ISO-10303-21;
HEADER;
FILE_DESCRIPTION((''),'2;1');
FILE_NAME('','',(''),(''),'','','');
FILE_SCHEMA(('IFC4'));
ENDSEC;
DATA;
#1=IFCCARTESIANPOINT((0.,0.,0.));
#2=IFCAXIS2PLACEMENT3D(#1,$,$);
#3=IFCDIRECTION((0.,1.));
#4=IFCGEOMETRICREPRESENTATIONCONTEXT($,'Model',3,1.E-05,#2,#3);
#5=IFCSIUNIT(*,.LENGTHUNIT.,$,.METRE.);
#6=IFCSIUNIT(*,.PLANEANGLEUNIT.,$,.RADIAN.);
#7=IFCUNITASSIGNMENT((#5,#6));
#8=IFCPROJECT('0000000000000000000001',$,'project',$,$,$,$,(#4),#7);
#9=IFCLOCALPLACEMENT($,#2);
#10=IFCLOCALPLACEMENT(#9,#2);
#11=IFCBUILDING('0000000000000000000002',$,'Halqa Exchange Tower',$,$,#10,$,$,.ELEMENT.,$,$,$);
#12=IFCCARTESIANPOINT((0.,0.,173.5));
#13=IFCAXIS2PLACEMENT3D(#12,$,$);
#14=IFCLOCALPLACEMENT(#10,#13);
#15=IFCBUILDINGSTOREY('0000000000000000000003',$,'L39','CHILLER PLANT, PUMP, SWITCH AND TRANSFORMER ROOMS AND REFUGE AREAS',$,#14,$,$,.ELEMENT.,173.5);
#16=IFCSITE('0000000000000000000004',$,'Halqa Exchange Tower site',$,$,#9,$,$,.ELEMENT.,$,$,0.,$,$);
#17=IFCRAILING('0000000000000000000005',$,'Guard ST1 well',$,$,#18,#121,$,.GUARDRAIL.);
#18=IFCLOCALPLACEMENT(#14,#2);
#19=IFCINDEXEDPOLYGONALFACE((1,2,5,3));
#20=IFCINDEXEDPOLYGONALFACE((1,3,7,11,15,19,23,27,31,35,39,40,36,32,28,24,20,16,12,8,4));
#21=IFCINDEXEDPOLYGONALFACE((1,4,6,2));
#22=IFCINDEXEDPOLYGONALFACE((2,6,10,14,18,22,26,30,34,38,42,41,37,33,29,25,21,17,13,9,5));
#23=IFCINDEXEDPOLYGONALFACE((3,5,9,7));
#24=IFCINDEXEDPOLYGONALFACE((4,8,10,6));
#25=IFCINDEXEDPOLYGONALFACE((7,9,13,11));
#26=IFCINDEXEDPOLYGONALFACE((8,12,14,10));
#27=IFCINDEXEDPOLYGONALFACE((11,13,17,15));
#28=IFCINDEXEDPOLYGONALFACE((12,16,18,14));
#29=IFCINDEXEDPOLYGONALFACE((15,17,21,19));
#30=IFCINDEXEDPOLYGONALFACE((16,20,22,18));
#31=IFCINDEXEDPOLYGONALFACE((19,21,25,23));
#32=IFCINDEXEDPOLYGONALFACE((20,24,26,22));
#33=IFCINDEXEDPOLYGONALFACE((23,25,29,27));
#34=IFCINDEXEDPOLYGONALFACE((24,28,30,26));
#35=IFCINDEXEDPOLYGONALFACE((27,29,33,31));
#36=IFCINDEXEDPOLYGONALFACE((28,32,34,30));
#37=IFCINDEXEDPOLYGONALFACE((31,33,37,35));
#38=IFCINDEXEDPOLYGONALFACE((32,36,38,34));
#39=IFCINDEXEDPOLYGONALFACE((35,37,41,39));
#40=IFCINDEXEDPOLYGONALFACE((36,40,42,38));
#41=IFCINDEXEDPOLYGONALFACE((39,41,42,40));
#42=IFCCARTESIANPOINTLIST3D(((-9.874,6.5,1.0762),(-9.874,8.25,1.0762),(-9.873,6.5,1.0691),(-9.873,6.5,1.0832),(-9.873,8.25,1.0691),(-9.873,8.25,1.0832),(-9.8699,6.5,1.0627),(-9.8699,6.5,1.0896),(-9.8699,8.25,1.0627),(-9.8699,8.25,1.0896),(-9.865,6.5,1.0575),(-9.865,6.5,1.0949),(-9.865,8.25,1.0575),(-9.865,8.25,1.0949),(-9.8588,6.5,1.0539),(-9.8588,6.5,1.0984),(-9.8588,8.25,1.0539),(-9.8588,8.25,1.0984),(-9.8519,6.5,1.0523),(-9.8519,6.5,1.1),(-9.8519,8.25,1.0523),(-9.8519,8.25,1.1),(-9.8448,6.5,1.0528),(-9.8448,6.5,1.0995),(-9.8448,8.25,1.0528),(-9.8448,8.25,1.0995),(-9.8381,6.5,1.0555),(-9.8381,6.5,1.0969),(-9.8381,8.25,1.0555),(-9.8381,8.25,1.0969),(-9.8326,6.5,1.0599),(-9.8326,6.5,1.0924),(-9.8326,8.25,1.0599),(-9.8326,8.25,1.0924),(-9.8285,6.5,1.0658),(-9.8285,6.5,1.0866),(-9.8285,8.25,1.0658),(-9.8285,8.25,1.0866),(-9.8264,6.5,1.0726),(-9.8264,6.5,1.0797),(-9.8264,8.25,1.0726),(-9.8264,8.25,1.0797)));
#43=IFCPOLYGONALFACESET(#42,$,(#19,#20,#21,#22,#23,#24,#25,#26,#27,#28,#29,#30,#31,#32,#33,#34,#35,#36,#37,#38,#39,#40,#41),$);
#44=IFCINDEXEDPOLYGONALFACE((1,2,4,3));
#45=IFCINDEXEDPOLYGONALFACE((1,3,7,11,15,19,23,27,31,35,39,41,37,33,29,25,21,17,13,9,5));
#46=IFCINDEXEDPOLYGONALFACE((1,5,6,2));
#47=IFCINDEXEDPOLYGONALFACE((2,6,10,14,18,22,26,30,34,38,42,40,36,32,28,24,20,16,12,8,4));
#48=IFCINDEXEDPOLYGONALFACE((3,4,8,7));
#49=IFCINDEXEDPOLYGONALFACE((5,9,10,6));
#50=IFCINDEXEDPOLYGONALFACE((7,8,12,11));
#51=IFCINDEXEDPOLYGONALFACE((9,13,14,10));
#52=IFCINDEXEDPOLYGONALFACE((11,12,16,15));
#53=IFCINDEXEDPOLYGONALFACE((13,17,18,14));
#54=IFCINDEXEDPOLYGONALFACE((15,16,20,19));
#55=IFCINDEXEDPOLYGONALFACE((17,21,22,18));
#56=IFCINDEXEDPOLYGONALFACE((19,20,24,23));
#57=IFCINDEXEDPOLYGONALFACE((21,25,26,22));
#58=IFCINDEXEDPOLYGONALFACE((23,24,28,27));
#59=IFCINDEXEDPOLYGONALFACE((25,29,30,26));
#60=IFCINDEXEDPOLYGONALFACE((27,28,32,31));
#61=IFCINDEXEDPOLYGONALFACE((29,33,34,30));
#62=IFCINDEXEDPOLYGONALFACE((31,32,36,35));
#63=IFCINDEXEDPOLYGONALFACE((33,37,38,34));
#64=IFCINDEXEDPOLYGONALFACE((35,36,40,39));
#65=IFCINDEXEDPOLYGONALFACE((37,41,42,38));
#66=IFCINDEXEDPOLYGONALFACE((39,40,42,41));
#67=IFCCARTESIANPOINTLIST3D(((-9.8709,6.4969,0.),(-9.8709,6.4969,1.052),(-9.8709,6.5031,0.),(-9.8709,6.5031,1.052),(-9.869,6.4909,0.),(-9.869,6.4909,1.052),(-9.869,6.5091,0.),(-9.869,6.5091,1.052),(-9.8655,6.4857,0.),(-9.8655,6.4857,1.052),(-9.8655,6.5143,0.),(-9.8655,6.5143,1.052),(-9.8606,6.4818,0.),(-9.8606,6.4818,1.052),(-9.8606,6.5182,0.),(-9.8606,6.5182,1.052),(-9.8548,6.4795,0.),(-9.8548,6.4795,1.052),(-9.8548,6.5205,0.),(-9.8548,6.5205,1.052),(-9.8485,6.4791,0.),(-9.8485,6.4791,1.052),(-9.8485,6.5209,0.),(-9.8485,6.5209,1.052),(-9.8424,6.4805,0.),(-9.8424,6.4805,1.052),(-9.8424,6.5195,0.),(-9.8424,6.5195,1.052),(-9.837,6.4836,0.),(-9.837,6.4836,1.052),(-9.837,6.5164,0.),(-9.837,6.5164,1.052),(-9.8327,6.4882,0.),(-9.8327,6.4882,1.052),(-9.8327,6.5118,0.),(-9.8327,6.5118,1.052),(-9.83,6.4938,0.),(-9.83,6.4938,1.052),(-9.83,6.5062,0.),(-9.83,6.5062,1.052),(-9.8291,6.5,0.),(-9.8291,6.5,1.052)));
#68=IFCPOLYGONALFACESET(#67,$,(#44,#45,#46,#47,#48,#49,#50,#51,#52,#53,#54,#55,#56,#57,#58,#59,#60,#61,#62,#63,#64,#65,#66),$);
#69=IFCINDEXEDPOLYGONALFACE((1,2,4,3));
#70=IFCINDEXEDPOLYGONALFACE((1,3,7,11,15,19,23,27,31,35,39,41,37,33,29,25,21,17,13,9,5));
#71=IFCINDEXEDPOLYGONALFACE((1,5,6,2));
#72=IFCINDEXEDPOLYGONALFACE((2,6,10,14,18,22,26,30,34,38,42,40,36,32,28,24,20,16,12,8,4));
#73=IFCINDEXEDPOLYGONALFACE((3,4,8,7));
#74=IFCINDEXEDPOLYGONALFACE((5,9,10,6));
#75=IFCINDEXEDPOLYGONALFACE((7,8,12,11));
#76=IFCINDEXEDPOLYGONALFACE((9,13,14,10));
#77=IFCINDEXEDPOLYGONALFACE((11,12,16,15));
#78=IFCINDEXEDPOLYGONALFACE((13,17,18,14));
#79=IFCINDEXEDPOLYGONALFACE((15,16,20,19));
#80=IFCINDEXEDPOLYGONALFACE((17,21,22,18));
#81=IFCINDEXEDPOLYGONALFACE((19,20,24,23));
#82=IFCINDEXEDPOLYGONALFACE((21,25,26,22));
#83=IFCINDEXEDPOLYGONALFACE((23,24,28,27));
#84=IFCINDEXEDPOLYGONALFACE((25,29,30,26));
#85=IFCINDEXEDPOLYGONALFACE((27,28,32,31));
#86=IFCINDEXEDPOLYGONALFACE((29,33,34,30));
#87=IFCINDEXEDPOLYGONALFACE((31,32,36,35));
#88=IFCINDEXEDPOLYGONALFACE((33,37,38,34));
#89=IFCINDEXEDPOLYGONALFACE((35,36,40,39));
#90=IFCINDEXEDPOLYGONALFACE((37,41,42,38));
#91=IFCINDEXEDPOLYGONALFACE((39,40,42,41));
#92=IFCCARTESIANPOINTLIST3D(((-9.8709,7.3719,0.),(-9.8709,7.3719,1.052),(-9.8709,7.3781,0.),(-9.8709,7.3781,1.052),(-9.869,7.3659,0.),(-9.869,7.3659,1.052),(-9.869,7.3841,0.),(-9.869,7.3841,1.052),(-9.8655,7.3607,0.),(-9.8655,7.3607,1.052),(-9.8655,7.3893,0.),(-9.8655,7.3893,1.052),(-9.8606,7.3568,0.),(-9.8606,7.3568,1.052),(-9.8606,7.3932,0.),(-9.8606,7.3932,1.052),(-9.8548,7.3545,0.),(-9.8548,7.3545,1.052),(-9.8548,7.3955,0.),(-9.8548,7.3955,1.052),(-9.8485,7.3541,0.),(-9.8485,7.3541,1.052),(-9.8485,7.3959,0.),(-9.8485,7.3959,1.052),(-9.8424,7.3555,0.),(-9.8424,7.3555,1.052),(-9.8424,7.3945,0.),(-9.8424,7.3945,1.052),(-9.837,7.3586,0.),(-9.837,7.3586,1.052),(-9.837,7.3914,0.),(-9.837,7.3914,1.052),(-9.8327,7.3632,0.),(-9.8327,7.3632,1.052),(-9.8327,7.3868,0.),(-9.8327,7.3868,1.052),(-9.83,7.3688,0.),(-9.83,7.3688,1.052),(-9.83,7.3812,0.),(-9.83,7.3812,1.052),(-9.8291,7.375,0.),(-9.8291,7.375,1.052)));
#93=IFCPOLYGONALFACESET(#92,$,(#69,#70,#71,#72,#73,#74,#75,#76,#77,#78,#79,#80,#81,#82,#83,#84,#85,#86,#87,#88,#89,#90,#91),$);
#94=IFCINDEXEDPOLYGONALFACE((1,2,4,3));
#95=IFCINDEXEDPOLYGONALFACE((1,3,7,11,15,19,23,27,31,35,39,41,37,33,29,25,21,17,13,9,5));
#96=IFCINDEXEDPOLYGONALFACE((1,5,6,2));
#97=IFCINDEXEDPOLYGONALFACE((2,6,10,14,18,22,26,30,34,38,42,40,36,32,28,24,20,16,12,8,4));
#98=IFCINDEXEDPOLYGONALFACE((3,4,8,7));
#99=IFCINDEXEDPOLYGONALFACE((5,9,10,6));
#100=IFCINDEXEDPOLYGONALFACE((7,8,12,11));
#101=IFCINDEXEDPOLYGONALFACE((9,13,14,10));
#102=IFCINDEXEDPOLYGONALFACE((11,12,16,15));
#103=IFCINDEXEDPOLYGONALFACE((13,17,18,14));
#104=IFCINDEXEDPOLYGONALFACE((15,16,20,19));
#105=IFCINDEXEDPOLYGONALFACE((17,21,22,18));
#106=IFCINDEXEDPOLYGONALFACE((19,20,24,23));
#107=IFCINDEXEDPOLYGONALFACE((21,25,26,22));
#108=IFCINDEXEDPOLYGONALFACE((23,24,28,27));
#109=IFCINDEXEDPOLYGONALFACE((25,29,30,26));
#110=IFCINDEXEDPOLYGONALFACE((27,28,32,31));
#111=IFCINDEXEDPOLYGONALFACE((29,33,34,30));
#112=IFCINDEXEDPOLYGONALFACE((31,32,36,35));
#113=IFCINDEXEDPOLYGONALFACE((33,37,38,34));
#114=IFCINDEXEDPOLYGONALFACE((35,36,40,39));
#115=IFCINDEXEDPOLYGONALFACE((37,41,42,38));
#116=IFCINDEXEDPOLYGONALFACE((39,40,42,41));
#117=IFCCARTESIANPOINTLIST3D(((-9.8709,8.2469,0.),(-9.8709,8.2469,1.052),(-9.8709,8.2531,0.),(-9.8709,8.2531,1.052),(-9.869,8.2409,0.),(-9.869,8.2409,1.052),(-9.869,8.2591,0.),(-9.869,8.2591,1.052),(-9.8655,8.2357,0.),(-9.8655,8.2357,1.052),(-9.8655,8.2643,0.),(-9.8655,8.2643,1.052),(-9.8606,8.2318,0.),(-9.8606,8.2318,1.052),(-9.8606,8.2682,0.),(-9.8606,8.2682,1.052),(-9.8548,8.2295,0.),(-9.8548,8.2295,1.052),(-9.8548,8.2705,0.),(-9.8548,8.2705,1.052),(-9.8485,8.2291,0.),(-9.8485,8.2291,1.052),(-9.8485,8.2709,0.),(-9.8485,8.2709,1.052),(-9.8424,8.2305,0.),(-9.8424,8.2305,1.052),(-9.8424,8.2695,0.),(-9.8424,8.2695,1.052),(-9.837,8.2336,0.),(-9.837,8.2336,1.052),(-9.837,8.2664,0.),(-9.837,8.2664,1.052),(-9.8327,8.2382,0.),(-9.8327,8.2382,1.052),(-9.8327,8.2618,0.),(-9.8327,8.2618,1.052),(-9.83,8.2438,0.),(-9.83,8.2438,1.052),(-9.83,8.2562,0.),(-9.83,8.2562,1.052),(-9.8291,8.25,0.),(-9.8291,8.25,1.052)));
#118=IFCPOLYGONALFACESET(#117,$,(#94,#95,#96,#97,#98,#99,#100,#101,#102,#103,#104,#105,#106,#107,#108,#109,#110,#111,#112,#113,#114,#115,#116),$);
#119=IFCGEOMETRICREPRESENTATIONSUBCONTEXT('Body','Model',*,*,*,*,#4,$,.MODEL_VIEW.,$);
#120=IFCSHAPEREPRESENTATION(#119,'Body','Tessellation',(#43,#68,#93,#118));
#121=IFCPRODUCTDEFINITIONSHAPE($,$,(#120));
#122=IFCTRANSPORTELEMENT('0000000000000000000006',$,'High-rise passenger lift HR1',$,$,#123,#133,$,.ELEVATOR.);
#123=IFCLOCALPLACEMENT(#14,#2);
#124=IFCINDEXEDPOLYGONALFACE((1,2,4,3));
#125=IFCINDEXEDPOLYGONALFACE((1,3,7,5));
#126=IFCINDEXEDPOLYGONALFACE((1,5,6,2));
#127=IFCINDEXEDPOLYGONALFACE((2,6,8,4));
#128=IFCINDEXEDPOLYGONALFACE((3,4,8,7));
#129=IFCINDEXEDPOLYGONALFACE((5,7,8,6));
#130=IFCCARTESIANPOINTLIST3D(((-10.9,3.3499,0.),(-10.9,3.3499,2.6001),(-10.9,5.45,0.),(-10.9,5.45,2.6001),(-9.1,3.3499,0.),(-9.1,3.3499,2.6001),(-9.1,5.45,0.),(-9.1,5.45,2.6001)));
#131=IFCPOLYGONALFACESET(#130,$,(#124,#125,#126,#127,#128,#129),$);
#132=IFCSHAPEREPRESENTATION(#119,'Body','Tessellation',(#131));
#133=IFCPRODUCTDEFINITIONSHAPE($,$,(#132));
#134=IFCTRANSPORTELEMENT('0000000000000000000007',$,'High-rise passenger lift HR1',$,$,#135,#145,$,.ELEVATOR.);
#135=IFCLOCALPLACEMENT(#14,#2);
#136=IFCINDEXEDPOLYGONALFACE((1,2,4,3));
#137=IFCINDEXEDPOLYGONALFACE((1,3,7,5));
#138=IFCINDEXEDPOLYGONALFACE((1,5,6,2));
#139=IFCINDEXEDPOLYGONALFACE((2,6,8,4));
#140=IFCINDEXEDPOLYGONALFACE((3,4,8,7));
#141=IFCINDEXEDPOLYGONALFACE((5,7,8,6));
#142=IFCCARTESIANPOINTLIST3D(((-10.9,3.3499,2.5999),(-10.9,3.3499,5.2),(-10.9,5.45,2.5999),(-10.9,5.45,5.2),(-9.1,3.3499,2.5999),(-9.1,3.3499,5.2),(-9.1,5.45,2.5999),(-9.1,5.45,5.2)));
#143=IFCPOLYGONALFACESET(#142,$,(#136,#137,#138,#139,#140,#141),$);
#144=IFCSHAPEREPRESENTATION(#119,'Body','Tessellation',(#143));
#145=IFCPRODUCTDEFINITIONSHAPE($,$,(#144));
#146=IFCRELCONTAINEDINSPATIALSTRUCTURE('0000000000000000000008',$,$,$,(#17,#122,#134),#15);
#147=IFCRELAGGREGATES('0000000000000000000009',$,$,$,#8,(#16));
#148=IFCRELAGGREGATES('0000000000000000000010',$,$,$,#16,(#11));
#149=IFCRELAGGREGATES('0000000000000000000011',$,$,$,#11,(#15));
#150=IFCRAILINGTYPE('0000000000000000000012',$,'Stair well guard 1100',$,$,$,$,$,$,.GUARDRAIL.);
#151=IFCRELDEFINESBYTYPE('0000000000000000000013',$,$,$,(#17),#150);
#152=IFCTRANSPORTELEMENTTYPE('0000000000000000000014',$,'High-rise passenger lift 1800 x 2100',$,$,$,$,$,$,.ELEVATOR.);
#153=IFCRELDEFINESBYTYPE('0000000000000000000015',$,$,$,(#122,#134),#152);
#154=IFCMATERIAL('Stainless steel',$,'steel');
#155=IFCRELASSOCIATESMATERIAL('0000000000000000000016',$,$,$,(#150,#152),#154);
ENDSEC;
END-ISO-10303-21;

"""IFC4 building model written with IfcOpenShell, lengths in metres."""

from ifc_helpers import new_model, si_unit, direction, frame, origin, origin_2d, place, context, subcontext, project, spatial, rectangle, circle, extrude, material, type_object, element, save


model = new_model("IFC4")

# Units and contexts
model_context = context("Model", 3, precision=1e-05, world=origin(), true_north=direction((0.0, 1.0)))
body_context = subcontext(model_context, "Body", "Model", "MODEL_VIEW")
ifc_project = project(units=[si_unit("LENGTHUNIT", "METRE"), si_unit("PLANEANGLEUNIT", "RADIAN")], contexts=[model_context])

# Site, building, storey
site_placement = place(None, origin())
site = spatial("IfcSite", under=ifc_project, at=site_placement, Name="Halqa Exchange Tower site", CompositionType="ELEMENT", RefElevation=0.0)
building_placement = place(site_placement, origin())
building = spatial("IfcBuilding", under=site, at=building_placement, Name="Halqa Exchange Tower", CompositionType="ELEMENT")
storey_placement = place(building_placement, frame((0.0, 0.0, 173.5)))
storey = spatial("IfcBuildingStorey", under=building, at=storey_placement, Name="L39", Description="CHILLER PLANT, PUMP, SWITCH AND TRANSFORMER ROOMS AND REFUGE AREAS", CompositionType="ELEMENT", Elevation=173.5)

# Shared definitions
ifc_material_1 = material(Name="Stainless steel", Category="steel")

# Railing
railing_type_1 = type_object("IfcRailingType", Name="Stair well guard 1100", PredefinedType="GUARDRAIL", material=ifc_material_1)
railing_1_placement = place(storey_placement, frame((-9.8501, 6.5, 0.0)))
element("IfcRailing", 1, at=railing_1_placement, inside=storey, type_object=railing_type_1, Name="Guard ST1 well", PredefinedType="GUARDRAIL", context=body_context, shape_type="SweptSolid", body=[
    extrude(circle(Radius=0.0239, at=origin_2d()), frame((0.0, 0.0, 1.0762), z_axis=(0.0, 1.0, 0.0), x_axis=(-1.0, 0.0, 0.0)), (0.0, 0.0, 1.0), 1.75),
    extrude(circle(Radius=0.021, at=origin_2d()), origin(), (0.0, 0.0, 1.0), 1.052),
    extrude(circle(Radius=0.021, at=origin_2d()), frame((0.0, 0.875, 0.0)), (0.0, 0.0, 1.0), 1.052),
    extrude(circle(Radius=0.021, at=origin_2d()), frame((0.0, 1.75, 0.0)), (0.0, 0.0, 1.0), 1.052),
])

# Transport elements
transport_element_type = type_object("IfcTransportElementType", Name="High-rise passenger lift 1800 x 2100", PredefinedType="ELEVATOR", material=ifc_material_1)
for number, where, z_axis, x_axis, name in (
    (2, (-10.0, 4.3999, 0.0), (0.0, 0.0, 1.0), (1.0, 0.0, 0.0), "High-rise passenger lift HR1"),
    (3, (-10.0, 4.3999, 2.5999), (0.0, 0.0, 1.0), (1.0, 0.0, 0.0), "High-rise passenger lift HR1"),
):
    element("IfcTransportElement", number, at=place(storey_placement, frame(where, z_axis=z_axis, x_axis=x_axis)), inside=storey, type_object=transport_element_type, Name=name, PredefinedType="ELEVATOR", context=body_context, shape_type="SweptSolid", body=[
        extrude(rectangle(XDim=1.8, YDim=2.1001, at=origin_2d()), origin(), (0.0, 0.0, 1.0), 2.6001),
    ])

save(model, "model.ifc")
